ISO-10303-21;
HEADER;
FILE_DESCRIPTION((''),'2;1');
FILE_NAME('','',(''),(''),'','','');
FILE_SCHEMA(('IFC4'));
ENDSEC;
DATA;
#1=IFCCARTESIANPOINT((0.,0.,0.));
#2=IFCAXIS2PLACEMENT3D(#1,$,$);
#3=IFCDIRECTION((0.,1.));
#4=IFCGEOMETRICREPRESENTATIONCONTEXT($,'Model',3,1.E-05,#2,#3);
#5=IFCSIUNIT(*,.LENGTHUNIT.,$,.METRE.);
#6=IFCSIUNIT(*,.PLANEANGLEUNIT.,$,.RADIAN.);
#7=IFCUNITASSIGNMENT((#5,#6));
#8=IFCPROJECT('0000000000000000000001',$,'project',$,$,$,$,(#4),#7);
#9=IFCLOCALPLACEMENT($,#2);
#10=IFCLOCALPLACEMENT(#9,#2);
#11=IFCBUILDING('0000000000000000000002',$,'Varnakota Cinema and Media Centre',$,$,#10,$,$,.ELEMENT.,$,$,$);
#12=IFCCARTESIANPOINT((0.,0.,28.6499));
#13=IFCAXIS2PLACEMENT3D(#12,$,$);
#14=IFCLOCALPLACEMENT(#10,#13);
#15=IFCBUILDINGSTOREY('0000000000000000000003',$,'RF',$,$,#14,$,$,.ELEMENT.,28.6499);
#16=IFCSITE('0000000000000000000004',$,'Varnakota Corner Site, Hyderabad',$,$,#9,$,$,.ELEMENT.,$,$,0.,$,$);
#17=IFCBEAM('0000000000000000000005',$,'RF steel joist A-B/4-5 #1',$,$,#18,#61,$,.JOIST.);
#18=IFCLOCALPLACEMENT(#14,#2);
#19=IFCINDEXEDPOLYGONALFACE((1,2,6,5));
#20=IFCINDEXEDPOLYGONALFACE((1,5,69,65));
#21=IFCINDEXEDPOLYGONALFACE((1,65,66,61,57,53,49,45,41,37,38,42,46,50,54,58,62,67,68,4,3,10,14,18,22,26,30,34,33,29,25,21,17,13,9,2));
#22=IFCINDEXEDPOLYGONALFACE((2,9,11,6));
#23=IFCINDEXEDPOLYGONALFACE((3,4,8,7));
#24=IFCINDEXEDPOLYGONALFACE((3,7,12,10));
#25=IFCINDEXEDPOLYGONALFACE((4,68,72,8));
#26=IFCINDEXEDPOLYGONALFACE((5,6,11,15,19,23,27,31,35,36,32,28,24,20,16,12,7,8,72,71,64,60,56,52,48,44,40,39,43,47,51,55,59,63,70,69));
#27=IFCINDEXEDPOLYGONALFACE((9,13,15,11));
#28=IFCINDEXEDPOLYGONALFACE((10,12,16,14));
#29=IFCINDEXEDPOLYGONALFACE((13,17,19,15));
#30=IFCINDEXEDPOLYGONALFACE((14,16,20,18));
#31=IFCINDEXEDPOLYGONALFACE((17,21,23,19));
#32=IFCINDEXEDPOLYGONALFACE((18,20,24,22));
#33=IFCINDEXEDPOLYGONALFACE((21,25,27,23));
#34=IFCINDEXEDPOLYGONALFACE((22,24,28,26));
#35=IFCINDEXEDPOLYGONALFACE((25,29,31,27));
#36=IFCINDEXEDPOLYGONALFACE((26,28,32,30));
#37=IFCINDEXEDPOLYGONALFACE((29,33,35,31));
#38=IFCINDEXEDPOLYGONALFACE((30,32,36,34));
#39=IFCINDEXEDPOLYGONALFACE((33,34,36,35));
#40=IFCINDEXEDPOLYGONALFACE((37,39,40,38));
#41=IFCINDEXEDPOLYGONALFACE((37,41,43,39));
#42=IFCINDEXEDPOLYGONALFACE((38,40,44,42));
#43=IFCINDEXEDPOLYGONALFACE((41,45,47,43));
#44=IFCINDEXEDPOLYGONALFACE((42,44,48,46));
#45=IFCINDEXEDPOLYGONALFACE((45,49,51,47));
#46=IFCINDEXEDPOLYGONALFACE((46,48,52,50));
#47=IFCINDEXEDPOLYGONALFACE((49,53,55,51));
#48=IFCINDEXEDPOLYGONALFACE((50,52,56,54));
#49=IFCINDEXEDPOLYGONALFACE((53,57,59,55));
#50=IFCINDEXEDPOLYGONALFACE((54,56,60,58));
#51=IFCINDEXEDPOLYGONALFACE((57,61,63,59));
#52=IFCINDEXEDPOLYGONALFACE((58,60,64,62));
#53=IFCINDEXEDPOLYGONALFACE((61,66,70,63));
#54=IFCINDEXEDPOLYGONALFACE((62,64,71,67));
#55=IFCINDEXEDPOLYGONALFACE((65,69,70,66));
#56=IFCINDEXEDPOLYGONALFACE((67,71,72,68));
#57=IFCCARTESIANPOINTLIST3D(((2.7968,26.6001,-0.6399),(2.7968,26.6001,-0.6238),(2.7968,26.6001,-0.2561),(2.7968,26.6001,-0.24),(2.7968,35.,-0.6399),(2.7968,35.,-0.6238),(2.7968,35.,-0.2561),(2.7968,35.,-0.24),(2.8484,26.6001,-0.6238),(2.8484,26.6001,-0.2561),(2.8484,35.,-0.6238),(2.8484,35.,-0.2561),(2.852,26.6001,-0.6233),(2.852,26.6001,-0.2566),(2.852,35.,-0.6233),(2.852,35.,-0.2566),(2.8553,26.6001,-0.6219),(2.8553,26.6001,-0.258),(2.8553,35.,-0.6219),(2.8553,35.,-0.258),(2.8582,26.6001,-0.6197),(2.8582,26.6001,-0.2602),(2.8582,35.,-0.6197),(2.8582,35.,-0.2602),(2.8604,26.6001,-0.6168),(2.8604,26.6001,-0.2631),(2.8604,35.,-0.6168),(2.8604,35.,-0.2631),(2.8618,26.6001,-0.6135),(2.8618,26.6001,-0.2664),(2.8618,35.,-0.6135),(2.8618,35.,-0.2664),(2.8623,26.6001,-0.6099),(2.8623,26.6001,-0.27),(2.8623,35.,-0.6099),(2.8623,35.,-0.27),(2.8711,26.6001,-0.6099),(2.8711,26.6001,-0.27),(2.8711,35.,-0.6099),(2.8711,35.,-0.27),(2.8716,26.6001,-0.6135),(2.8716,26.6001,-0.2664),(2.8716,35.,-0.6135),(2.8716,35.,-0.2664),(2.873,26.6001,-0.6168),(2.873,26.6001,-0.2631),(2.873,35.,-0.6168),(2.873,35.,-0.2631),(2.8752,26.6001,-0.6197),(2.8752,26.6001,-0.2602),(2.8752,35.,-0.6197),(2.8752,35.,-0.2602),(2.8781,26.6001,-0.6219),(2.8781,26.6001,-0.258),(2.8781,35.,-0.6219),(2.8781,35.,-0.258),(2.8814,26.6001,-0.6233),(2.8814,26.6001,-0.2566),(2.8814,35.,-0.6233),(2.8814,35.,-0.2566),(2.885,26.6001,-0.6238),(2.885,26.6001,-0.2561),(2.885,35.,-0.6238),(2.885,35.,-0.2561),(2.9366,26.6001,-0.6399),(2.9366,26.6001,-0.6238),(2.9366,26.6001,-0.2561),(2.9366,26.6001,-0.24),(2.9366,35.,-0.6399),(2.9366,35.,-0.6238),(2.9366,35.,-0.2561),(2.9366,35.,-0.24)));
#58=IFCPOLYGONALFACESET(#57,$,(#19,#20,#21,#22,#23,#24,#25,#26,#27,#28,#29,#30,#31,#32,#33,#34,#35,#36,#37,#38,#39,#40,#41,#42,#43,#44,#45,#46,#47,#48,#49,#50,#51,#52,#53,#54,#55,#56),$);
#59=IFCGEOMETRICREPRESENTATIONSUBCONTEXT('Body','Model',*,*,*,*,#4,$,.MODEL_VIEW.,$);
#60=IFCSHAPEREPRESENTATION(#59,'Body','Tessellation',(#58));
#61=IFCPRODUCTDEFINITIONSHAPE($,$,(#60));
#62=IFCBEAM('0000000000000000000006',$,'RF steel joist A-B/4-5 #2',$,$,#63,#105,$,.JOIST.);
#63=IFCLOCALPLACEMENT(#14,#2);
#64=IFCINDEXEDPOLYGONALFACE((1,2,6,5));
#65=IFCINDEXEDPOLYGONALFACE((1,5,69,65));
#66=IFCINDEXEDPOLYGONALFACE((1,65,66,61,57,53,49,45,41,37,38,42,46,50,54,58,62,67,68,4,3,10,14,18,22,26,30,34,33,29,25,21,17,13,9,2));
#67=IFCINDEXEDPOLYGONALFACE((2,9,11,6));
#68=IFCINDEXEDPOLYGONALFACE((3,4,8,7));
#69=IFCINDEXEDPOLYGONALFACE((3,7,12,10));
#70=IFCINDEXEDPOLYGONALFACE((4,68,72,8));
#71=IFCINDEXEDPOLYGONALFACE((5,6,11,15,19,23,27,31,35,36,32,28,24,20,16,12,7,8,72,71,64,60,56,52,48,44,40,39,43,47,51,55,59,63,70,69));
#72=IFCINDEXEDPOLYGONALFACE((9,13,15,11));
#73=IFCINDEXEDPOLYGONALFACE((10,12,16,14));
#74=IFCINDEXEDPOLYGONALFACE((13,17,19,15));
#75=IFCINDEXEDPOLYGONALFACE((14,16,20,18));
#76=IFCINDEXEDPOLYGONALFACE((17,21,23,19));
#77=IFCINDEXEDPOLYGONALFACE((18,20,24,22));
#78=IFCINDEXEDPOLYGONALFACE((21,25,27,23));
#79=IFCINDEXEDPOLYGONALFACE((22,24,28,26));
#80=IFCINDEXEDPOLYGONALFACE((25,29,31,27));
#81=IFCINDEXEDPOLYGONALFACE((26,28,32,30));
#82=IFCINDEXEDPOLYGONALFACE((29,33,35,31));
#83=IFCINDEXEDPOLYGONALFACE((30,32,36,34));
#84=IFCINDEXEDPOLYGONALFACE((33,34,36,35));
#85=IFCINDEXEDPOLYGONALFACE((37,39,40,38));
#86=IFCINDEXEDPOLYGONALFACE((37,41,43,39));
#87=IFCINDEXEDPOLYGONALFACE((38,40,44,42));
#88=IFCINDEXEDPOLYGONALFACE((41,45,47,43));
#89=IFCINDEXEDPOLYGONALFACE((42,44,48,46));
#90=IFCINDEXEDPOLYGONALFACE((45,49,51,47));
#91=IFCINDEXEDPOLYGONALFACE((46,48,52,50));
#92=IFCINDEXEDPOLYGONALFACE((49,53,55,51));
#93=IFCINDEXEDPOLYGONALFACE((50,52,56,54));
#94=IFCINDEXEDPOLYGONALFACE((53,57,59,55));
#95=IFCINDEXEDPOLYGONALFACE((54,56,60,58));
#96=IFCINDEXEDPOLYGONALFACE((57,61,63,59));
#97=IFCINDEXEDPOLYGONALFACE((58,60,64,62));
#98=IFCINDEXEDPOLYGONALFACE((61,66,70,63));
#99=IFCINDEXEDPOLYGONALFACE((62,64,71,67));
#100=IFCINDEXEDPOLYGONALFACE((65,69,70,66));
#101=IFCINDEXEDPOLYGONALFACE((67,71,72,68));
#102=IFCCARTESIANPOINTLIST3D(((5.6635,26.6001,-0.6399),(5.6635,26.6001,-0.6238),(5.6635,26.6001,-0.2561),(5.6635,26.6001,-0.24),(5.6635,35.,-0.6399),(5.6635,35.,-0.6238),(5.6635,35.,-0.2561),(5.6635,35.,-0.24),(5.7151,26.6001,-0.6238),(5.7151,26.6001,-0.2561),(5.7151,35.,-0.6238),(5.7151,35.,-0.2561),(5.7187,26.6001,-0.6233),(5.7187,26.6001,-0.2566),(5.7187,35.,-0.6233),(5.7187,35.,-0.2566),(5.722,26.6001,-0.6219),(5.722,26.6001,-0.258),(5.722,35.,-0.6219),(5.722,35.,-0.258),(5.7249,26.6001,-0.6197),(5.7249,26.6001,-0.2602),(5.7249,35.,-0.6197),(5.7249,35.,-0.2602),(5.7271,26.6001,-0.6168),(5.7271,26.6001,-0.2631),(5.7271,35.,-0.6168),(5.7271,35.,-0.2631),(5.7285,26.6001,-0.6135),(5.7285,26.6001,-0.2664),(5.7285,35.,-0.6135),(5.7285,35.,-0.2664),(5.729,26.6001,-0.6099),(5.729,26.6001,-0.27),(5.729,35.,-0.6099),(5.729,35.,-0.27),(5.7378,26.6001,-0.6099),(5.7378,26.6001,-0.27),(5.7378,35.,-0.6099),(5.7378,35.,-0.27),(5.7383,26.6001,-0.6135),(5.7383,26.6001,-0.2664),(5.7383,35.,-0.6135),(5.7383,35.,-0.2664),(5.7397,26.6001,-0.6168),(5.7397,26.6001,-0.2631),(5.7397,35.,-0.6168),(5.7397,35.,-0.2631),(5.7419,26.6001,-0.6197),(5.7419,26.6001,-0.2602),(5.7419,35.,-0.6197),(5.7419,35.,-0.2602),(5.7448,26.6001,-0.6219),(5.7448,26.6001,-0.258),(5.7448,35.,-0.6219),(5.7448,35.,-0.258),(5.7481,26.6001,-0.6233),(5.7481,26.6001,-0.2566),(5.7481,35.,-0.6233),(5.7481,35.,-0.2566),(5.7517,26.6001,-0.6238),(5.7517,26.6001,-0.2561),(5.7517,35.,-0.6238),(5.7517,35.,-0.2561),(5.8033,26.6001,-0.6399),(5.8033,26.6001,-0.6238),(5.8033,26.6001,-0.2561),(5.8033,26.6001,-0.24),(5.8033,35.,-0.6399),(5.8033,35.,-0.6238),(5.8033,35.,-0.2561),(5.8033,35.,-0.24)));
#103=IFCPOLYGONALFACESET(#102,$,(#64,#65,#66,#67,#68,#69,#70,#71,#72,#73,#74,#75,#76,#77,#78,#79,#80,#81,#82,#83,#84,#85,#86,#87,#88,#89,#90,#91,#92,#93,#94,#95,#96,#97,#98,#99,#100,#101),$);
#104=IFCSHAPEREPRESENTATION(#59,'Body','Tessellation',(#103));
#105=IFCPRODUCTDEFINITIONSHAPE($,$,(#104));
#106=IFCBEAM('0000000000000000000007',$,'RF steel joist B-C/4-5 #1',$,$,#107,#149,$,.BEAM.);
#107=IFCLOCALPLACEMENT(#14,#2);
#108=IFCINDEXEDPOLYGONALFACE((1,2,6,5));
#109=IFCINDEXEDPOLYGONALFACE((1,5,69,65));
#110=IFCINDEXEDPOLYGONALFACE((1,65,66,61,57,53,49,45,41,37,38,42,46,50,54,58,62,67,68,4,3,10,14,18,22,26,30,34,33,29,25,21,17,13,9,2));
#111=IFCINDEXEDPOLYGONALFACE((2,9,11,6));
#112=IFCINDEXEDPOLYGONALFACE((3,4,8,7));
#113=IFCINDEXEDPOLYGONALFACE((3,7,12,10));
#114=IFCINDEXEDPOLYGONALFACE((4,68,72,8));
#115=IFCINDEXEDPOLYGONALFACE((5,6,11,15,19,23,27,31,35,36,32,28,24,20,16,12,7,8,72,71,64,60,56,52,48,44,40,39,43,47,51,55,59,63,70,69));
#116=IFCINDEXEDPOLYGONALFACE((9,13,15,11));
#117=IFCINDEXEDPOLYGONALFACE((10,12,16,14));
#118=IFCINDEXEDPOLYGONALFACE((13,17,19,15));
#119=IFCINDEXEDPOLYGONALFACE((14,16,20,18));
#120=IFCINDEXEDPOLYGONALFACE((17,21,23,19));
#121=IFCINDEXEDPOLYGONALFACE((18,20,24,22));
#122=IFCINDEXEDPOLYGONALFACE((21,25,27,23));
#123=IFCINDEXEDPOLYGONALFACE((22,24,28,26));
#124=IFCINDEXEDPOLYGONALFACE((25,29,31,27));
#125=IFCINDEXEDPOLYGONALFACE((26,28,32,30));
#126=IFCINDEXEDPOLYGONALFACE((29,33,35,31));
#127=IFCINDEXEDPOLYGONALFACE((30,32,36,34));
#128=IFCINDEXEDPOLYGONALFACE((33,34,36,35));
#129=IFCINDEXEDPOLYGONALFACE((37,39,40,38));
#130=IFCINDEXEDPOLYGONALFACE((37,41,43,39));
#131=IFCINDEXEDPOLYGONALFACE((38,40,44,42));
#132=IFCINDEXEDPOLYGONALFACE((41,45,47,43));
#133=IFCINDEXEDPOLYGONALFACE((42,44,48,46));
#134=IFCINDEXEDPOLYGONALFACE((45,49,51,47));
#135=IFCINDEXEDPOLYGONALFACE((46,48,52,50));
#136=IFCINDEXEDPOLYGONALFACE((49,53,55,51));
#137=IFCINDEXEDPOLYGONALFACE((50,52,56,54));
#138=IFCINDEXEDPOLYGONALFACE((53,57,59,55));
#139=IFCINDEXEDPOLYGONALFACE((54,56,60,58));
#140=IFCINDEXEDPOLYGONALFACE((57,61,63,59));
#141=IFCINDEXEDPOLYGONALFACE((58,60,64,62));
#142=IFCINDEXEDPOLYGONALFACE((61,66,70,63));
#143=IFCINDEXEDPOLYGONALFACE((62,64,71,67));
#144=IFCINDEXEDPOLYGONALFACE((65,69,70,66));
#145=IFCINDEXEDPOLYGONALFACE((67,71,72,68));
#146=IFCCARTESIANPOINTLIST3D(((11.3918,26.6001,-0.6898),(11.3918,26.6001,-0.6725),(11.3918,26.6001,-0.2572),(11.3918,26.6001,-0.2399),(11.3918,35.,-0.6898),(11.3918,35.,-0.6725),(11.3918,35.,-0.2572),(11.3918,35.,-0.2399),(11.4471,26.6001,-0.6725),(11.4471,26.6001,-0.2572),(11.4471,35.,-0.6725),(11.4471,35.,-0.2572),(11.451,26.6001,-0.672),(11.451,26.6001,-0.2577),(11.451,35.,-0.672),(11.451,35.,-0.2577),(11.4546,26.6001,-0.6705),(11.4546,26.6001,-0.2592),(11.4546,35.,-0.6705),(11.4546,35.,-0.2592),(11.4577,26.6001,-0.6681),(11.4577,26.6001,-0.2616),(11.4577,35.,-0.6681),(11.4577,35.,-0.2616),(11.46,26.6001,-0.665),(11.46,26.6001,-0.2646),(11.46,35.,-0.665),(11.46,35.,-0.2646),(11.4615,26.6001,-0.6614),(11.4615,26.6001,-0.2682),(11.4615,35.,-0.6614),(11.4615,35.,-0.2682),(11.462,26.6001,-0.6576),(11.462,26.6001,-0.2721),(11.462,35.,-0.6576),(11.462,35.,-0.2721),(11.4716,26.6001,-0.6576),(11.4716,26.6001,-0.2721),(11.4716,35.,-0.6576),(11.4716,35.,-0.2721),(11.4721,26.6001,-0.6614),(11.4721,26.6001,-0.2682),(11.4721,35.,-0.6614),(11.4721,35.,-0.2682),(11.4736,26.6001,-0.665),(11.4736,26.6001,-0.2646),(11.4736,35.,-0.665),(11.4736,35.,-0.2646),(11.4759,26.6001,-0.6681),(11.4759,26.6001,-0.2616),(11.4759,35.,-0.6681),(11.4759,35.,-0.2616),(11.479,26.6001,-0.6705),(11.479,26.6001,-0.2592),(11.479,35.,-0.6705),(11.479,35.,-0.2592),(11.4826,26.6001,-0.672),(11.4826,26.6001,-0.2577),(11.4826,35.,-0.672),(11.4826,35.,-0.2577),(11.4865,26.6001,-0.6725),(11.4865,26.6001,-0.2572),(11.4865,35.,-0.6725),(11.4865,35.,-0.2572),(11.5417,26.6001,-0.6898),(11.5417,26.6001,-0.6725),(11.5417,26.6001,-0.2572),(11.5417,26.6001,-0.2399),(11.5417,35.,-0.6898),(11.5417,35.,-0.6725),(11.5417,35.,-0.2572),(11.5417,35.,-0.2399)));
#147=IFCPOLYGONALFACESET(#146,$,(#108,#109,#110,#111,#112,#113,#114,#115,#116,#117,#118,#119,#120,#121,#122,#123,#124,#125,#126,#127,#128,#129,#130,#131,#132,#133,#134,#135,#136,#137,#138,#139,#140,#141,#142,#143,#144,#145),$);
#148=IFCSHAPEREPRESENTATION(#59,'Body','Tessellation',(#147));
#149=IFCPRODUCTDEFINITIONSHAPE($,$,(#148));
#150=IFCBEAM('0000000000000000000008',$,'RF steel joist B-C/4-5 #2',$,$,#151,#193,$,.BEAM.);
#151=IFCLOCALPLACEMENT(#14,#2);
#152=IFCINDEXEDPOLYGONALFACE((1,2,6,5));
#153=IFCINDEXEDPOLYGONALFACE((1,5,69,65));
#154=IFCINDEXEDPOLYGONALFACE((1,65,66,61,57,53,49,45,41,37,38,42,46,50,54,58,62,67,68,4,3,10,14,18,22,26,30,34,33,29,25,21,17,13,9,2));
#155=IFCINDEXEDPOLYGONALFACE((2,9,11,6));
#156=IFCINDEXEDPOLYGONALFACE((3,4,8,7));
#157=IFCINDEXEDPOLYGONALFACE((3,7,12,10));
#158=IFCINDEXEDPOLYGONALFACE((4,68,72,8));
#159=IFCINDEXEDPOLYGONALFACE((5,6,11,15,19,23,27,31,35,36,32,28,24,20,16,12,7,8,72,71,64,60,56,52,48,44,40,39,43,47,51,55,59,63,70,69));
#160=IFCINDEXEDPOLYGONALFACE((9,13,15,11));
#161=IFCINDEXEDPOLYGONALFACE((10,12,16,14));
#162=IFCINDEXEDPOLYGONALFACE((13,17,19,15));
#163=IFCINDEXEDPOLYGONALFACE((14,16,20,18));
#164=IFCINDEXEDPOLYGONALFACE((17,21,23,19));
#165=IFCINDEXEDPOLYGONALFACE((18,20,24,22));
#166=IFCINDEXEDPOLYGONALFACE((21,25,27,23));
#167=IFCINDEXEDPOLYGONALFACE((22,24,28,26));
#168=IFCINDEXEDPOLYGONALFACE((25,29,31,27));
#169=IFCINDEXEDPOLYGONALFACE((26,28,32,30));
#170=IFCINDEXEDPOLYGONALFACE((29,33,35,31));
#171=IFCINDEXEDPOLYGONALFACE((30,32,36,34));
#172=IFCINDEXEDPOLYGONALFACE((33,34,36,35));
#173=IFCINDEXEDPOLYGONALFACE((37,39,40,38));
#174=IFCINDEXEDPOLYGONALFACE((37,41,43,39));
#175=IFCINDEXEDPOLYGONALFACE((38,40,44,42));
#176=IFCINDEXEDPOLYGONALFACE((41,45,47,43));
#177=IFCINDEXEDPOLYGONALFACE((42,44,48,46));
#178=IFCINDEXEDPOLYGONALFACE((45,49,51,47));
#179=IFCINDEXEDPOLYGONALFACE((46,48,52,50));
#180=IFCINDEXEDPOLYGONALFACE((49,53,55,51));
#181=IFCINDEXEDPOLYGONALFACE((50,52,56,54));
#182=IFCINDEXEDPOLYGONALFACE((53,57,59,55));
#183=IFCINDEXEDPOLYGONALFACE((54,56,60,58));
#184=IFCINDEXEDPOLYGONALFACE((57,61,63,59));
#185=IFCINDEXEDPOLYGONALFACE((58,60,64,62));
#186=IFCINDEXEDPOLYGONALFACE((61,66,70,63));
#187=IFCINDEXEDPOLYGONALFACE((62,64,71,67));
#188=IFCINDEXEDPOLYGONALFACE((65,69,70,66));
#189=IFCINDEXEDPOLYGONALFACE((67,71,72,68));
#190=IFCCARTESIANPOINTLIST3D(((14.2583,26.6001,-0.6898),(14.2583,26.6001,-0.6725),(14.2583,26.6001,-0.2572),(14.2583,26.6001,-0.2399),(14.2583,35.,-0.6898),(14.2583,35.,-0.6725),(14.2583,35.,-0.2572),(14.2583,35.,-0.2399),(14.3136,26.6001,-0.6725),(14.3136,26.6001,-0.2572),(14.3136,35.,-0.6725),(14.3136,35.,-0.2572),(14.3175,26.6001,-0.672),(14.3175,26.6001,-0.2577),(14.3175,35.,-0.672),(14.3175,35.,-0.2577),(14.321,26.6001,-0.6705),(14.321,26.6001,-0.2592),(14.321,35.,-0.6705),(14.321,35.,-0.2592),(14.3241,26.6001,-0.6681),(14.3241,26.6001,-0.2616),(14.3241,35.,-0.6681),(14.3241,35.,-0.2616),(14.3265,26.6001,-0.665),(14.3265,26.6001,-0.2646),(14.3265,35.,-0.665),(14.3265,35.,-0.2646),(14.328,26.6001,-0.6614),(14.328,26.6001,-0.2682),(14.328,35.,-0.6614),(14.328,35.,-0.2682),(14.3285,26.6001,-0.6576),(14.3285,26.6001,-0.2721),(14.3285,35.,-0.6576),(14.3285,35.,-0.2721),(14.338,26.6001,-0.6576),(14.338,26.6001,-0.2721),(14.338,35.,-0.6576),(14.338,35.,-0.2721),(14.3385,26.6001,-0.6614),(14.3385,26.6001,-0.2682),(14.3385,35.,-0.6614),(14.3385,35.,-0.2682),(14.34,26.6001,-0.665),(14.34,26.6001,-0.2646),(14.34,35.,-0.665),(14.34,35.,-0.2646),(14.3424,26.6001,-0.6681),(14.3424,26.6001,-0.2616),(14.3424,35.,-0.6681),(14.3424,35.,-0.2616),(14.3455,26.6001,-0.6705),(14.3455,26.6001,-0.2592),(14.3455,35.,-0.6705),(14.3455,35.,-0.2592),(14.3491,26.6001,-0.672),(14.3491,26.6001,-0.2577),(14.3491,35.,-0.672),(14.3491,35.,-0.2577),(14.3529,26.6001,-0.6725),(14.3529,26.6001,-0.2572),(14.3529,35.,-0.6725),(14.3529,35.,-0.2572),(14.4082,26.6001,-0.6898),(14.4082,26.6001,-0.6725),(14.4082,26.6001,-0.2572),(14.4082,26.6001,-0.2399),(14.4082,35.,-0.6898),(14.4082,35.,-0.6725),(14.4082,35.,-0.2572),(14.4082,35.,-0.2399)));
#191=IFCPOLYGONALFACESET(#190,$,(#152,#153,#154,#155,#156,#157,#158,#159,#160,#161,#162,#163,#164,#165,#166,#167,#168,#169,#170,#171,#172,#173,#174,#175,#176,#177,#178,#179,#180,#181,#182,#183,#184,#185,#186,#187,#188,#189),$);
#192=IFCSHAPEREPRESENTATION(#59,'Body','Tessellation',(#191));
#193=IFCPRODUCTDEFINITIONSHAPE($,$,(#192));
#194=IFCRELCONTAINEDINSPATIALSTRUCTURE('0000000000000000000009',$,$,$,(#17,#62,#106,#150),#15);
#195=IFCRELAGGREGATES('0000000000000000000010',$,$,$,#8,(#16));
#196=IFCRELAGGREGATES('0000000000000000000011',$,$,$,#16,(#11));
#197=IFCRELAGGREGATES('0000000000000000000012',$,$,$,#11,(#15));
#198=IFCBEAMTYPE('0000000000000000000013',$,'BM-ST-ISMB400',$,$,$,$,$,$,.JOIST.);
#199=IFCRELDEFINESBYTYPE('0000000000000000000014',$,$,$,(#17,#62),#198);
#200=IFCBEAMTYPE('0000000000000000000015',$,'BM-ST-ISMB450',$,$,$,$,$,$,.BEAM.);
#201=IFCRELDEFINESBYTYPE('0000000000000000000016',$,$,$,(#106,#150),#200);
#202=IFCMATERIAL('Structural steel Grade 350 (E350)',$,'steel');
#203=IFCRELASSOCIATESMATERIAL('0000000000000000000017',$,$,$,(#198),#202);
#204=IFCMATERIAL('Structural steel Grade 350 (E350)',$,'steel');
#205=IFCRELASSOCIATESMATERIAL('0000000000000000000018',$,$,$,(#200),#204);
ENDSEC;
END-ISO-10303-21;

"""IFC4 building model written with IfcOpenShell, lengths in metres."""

from ifc_helpers import new_model, si_unit, direction, frame, origin, origin_2d, place, context, subcontext, project, spatial, i_section, extrude, material, material_profile, profile_set, type_object, element, save


model = new_model("IFC4")

# Units and contexts
model_context = context("Model", 3, precision=1e-05, world=origin(), true_north=direction((0.0, 1.0)))
body_context = subcontext(model_context, "Body", "Model", "MODEL_VIEW")
ifc_project = project(units=[si_unit("LENGTHUNIT", "METRE"), si_unit("PLANEANGLEUNIT", "RADIAN")], contexts=[model_context])

# Site, building, storey
site_placement = place(None, origin())
site = spatial("IfcSite", under=ifc_project, at=site_placement, Name="Varnakota Corner Site, Hyderabad", CompositionType="ELEMENT", RefElevation=0.0)
building_placement = place(site_placement, origin())
building = spatial("IfcBuilding", under=site, at=building_placement, Name="Varnakota Cinema and Media Centre", CompositionType="ELEMENT")
storey_placement = place(building_placement, frame((0.0, 0.0, 28.6499)))
storey = spatial("IfcBuildingStorey", under=building, at=storey_placement, Name="RF", CompositionType="ELEMENT", Elevation=28.6499)

# Beams
ifc_material_1 = material(Name="Structural steel Grade 350 (E350)", Category="steel")
ifc_material_profile_1 = material_profile(ifc_material_1, i_section(OverallWidth=0.1399, OverallDepth=0.3999, WebThickness=0.0088, FlangeThickness=0.0161, FilletRadius=0.0139, at=origin_2d()), Name="ISMB 400")
ifc_profile_set_1 = profile_set([ifc_material_profile_1], Name="Structural steel Grade 350 (E350)")
beam_type_1 = type_object("IfcBeamType", Name="BM-ST-ISMB400", PredefinedType="JOIST", material=ifc_profile_set_1)
for number, where, z_axis, x_axis, name in (
    (1, (2.8667, 26.6001, -0.4399), (0.0, 1.0, 0.0), (-1.0, 0.0, 0.0), "RF steel joist A-B/4-5 #1"),
    (2, (5.7334, 26.6001, -0.4399), (0.0, 1.0, 0.0), (-1.0, 0.0, 0.0), "RF steel joist A-B/4-5 #2"),
):
    element("IfcBeam", number, at=place(storey_placement, frame(where, z_axis=z_axis, x_axis=x_axis)), inside=storey, type_object=beam_type_1, Name=name, PredefinedType="JOIST", context=body_context, shape_type="SweptSolid", body=[
        extrude(i_section(OverallWidth=0.1399, OverallDepth=0.3999, WebThickness=0.0088, FlangeThickness=0.0161, FilletRadius=0.0139, at=origin_2d()), origin(), (0.0, 0.0, 1.0), 8.3999),
    ])
ifc_material_2 = material(Name="Structural steel Grade 350 (E350)", Category="steel")
ifc_material_profile_2 = material_profile(ifc_material_2, i_section(OverallWidth=0.1499, OverallDepth=0.45, WebThickness=0.0095, FlangeThickness=0.0173, FilletRadius=0.0149, at=origin_2d()), Name="ISMB 450")
ifc_profile_set_2 = profile_set([ifc_material_profile_2], Name="Structural steel Grade 350 (E350)")
beam_type_2 = type_object("IfcBeamType", Name="BM-ST-ISMB450", PredefinedType="BEAM", material=ifc_profile_set_2)
for number, where, z_axis, x_axis, name in (
    (3, (11.4668, 26.6001, -0.4648), (0.0, 1.0, 0.0), (-1.0, 0.0, 0.0), "RF steel joist B-C/4-5 #1"),
    (4, (14.3333, 26.6001, -0.4648), (0.0, 1.0, 0.0), (-1.0, 0.0, 0.0), "RF steel joist B-C/4-5 #2"),
):
    element("IfcBeam", number, at=place(storey_placement, frame(where, z_axis=z_axis, x_axis=x_axis)), inside=storey, type_object=beam_type_2, Name=name, PredefinedType="BEAM", context=body_context, shape_type="SweptSolid", body=[
        extrude(i_section(OverallWidth=0.1499, OverallDepth=0.45, WebThickness=0.0095, FlangeThickness=0.0173, FilletRadius=0.0149, at=origin_2d()), origin(), (0.0, 0.0, 1.0), 8.3999),
    ])

save(model, "model.ifc")
